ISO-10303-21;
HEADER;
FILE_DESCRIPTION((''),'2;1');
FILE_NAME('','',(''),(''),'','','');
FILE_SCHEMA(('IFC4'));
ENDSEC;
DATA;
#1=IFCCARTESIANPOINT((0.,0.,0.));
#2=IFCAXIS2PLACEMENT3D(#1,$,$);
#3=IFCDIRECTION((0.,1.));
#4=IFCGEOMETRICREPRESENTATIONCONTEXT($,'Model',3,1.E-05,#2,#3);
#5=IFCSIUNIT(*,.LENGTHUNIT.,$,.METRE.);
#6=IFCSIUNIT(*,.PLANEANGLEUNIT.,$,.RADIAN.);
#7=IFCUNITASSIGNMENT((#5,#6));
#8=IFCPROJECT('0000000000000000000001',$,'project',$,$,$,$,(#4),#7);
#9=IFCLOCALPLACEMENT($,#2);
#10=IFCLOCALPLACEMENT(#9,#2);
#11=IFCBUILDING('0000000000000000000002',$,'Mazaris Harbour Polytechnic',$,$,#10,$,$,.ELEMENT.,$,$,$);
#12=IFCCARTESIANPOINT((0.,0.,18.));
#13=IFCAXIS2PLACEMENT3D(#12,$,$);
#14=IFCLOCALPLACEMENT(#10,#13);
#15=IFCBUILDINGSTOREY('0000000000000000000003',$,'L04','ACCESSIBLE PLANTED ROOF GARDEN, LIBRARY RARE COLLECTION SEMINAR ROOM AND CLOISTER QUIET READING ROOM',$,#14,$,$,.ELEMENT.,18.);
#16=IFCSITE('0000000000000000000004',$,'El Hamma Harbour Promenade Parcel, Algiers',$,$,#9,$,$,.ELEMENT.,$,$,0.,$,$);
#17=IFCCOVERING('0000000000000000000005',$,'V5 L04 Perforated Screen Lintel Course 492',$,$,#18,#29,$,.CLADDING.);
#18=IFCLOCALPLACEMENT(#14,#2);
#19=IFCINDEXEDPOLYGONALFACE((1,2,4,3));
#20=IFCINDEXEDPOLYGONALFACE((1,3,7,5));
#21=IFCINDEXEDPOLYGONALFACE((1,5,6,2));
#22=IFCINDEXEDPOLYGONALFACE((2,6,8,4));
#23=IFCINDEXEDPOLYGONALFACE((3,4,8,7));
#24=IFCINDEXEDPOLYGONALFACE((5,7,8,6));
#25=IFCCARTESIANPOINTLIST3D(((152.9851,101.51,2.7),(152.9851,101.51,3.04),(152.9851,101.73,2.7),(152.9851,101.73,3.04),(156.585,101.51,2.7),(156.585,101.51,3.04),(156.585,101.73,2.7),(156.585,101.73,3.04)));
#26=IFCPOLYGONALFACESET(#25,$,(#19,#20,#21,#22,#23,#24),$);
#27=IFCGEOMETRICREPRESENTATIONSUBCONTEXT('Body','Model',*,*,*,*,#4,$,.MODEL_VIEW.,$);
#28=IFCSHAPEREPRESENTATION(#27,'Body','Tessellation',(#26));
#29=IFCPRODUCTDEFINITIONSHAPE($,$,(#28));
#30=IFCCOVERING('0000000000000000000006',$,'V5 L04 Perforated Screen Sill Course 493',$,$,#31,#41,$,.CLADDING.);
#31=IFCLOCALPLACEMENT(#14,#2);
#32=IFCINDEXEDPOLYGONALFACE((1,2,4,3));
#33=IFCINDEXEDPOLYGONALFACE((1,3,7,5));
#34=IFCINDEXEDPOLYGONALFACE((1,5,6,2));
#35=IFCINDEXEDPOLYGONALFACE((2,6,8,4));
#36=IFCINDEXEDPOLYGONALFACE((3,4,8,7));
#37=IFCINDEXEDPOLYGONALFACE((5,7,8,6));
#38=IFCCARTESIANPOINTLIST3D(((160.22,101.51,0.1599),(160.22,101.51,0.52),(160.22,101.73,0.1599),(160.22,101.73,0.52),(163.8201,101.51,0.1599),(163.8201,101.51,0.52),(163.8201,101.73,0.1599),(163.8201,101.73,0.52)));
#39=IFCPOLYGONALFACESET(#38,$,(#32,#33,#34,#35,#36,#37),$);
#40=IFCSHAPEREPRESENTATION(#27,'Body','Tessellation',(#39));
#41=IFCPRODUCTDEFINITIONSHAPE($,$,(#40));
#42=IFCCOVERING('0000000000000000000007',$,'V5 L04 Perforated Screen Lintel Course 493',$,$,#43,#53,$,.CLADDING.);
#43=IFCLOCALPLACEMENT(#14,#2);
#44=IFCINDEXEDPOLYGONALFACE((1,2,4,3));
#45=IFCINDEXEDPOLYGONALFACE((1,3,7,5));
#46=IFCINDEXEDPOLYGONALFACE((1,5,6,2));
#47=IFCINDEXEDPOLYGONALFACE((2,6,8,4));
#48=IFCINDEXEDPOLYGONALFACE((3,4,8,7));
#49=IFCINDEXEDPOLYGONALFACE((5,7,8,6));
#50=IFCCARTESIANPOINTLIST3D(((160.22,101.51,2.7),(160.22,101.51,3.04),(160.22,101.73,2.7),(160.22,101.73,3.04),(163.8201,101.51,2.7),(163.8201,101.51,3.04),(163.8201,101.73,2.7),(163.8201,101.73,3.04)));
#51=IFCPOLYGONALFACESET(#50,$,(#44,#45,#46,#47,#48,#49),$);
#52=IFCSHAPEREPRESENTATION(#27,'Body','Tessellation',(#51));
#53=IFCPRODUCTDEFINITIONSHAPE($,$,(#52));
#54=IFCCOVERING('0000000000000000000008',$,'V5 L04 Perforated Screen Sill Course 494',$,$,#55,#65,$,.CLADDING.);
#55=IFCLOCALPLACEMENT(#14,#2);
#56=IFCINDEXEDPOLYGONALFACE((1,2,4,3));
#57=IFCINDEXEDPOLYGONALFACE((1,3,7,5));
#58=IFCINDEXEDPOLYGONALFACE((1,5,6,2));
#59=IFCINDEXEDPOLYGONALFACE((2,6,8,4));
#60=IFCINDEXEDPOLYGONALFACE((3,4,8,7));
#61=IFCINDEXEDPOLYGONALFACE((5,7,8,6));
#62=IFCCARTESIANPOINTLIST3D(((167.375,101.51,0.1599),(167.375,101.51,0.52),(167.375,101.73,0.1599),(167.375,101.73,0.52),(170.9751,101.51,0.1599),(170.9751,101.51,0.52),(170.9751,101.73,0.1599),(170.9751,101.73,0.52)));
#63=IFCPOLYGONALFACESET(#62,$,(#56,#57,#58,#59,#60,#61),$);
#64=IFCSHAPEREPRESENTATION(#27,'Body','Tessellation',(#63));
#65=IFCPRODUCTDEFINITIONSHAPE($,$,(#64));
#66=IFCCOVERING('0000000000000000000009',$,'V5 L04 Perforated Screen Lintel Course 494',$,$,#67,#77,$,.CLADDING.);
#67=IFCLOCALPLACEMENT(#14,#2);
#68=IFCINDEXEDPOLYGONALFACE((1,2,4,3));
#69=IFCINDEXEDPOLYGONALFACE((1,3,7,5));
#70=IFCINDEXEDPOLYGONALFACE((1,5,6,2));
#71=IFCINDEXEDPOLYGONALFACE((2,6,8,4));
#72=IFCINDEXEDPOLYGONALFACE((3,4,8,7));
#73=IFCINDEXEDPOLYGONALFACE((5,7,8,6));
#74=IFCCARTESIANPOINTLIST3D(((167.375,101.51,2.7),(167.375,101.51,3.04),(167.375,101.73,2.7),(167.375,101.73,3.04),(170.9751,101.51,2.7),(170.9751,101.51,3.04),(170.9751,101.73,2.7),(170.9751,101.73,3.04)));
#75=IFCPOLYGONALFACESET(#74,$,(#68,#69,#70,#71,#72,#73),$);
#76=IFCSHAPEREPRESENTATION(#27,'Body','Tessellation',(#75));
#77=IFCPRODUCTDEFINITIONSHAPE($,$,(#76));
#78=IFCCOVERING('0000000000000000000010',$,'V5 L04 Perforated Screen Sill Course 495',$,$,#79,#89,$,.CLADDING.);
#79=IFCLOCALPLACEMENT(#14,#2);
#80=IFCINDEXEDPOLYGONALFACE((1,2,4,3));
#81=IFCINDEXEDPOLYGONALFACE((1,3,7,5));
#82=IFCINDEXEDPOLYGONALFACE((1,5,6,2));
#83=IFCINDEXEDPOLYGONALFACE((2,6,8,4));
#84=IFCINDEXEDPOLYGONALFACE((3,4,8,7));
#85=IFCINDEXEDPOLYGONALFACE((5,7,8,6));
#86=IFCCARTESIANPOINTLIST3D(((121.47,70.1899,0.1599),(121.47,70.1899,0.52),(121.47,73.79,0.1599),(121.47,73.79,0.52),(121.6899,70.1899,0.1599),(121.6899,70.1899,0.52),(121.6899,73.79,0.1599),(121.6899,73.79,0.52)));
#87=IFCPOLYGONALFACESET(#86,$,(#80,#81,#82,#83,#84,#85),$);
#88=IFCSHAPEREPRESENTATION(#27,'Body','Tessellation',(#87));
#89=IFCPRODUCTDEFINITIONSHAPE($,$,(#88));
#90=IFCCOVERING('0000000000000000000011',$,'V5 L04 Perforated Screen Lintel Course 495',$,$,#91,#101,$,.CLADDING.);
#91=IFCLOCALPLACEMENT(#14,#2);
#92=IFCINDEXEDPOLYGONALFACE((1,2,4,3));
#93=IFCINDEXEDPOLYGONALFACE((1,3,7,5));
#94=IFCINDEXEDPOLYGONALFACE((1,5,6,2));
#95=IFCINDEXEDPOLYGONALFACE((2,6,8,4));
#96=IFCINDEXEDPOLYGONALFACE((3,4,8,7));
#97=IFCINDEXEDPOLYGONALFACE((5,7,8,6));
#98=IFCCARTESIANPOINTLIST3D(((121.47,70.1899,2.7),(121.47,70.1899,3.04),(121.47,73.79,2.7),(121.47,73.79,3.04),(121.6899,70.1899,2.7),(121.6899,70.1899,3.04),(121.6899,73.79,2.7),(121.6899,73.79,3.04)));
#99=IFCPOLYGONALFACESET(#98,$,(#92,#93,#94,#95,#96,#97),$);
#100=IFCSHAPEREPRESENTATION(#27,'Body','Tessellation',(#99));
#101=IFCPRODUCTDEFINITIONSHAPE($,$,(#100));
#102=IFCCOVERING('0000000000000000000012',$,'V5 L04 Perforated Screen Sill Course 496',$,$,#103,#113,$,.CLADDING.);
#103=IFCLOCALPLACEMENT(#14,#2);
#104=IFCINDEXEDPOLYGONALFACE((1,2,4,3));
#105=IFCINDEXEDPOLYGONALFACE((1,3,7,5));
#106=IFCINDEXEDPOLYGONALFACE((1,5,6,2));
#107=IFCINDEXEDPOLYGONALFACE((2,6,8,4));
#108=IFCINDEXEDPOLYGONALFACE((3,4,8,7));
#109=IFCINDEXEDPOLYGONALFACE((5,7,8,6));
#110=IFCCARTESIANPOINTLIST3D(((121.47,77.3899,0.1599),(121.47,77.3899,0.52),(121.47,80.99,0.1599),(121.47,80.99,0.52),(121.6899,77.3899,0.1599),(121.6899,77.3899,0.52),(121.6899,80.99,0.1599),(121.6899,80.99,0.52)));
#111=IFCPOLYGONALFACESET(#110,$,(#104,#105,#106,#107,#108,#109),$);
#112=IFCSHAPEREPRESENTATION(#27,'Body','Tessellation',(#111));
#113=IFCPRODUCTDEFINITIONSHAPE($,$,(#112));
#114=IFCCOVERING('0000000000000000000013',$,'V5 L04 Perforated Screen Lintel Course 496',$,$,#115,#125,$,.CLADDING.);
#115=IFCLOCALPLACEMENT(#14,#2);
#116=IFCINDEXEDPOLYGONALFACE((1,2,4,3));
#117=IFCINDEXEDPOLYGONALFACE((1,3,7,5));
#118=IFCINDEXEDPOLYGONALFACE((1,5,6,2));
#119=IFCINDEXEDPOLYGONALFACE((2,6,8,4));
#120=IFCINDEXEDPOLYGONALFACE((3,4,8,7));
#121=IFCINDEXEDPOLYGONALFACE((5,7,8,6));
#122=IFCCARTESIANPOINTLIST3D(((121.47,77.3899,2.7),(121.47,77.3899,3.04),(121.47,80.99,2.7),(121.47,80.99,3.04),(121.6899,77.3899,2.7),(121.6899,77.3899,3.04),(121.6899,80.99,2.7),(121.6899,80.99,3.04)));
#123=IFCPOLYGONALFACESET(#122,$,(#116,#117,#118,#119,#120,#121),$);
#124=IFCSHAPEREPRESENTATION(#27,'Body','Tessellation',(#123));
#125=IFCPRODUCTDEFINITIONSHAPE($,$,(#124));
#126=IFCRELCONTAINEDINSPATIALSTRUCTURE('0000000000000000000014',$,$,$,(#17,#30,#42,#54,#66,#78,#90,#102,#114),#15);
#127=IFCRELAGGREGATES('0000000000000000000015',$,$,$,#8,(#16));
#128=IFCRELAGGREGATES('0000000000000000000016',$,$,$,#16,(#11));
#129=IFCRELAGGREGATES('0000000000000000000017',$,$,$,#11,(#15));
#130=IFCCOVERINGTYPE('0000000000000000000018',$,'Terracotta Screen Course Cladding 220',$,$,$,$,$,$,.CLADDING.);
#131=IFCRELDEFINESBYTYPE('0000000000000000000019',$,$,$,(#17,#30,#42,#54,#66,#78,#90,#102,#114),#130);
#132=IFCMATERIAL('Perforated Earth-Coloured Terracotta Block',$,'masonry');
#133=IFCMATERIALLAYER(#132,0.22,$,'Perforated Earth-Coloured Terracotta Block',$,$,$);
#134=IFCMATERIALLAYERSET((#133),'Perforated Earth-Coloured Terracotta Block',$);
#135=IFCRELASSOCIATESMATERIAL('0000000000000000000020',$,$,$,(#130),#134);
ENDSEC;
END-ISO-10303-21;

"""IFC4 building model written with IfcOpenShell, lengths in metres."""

from ifc_helpers import new_model, si_unit, direction, frame, origin, place, context, subcontext, project, spatial, polyline, outline, extrude, material, layer, layer_set, type_object, element, save


model = new_model("IFC4")

# Units and contexts
model_context = context("Model", 3, precision=1e-05, world=origin(), true_north=direction((0.0, 1.0)))
body_context = subcontext(model_context, "Body", "Model", "MODEL_VIEW")
ifc_project = project(units=[si_unit("LENGTHUNIT", "METRE"), si_unit("PLANEANGLEUNIT", "RADIAN")], contexts=[model_context])

# Site, building, storey
site_placement = place(None, origin())
site = spatial("IfcSite", under=ifc_project, at=site_placement, Name="El Hamma Harbour Promenade Parcel, Algiers", CompositionType="ELEMENT", RefElevation=0.0)
building_placement = place(site_placement, origin())
building = spatial("IfcBuilding", under=site, at=building_placement, Name="Mazaris Harbour Polytechnic", CompositionType="ELEMENT")
storey_placement = place(building_placement, frame((0.0, 0.0, 18.0)))
storey = spatial("IfcBuildingStorey", under=building, at=storey_placement, Name="L04", Description="ACCESSIBLE PLANTED ROOF GARDEN, LIBRARY RARE COLLECTION SEMINAR ROOM AND CLOISTER QUIET READING ROOM", CompositionType="ELEMENT", Elevation=18.0)

# Coverings
ifc_material = material(Name="Perforated Earth-Coloured Terracotta Block", Category="masonry")
ifc_layer = layer(ifc_material, 0.22, Name="Perforated Earth-Coloured Terracotta Block")
ifc_layer_set = layer_set([ifc_layer], Name="Perforated Earth-Coloured Terracotta Block")
covering_type = type_object("IfcCoveringType", Name="Terracotta Screen Course Cladding 220", PredefinedType="CLADDING", material=ifc_layer_set)
covering_1_placement = place(storey_placement, frame((0.0, 0.0, 2.7)))
element("IfcCovering", 1, at=covering_1_placement, inside=storey, type_object=covering_type, Name="V5 L04 Perforated Screen Lintel Course 492", PredefinedType="CLADDING", context=body_context, shape_type="SweptSolid", body=[
    extrude(outline(polyline([(152.9851, 101.51), (156.585, 101.51), (156.585, 101.73), (152.9851, 101.73), (152.9851, 101.51)])), origin(), (0.0, 0.0, 1.0), 0.3401),
])
covering_2_placement = place(storey_placement, frame((0.0, 0.0, 0.1599)))
element("IfcCovering", 2, at=covering_2_placement, inside=storey, type_object=covering_type, Name="V5 L04 Perforated Screen Sill Course 493", PredefinedType="CLADDING", context=body_context, shape_type="SweptSolid", body=[
    extrude(outline(polyline([(160.22, 101.51), (163.8201, 101.51), (163.8201, 101.73), (160.22, 101.73), (160.22, 101.51)])), origin(), (0.0, 0.0, 1.0), 0.3601),
])
covering_3_placement = place(storey_placement, frame((0.0, 0.0, 2.7)))
element("IfcCovering", 3, at=covering_3_placement, inside=storey, type_object=covering_type, Name="V5 L04 Perforated Screen Lintel Course 493", PredefinedType="CLADDING", context=body_context, shape_type="SweptSolid", body=[
    extrude(outline(polyline([(160.22, 101.51), (163.8201, 101.51), (163.8201, 101.73), (160.22, 101.73), (160.22, 101.51)])), origin(), (0.0, 0.0, 1.0), 0.3401),
])
covering_4_placement = place(storey_placement, frame((0.0, 0.0, 0.1599)))
element("IfcCovering", 4, at=covering_4_placement, inside=storey, type_object=covering_type, Name="V5 L04 Perforated Screen Sill Course 494", PredefinedType="CLADDING", context=body_context, shape_type="SweptSolid", body=[
    extrude(outline(polyline([(167.375, 101.51), (170.9751, 101.51), (170.9751, 101.73), (167.375, 101.73), (167.375, 101.51)])), origin(), (0.0, 0.0, 1.0), 0.3601),
])
covering_5_placement = place(storey_placement, frame((0.0, 0.0, 2.7)))
element("IfcCovering", 5, at=covering_5_placement, inside=storey, type_object=covering_type, Name="V5 L04 Perforated Screen Lintel Course 494", PredefinedType="CLADDING", context=body_context, shape_type="SweptSolid", body=[
    extrude(outline(polyline([(167.375, 101.51), (170.9751, 101.51), (170.9751, 101.73), (167.375, 101.73), (167.375, 101.51)])), origin(), (0.0, 0.0, 1.0), 0.3401),
])
covering_6_placement = place(storey_placement, frame((0.0, 0.0, 0.1599)))
element("IfcCovering", 6, at=covering_6_placement, inside=storey, type_object=covering_type, Name="V5 L04 Perforated Screen Sill Course 495", PredefinedType="CLADDING", context=body_context, shape_type="SweptSolid", body=[
    extrude(outline(polyline([(121.6899, 70.1899), (121.6899, 73.79), (121.47, 73.79), (121.47, 70.1899), (121.6899, 70.1899)])), origin(), (0.0, 0.0, 1.0), 0.3601),
])
covering_7_placement = place(storey_placement, frame((0.0, 0.0, 2.7)))
element("IfcCovering", 7, at=covering_7_placement, inside=storey, type_object=covering_type, Name="V5 L04 Perforated Screen Lintel Course 495", PredefinedType="CLADDING", context=body_context, shape_type="SweptSolid", body=[
    extrude(outline(polyline([(121.6899, 70.1899), (121.6899, 73.79), (121.47, 73.79), (121.47, 70.1899), (121.6899, 70.1899)])), origin(), (0.0, 0.0, 1.0), 0.3401),
])
covering_8_placement = place(storey_placement, frame((0.0, 0.0, 0.1599)))
element("IfcCovering", 8, at=covering_8_placement, inside=storey, type_object=covering_type, Name="V5 L04 Perforated Screen Sill Course 496", PredefinedType="CLADDING", context=body_context, shape_type="SweptSolid", body=[
    extrude(outline(polyline([(121.6899, 77.3899), (121.6899, 80.99), (121.47, 80.99), (121.47, 77.3899), (121.6899, 77.3899)])), origin(), (0.0, 0.0, 1.0), 0.3601),
])
covering_9_placement = place(storey_placement, frame((0.0, 0.0, 2.7)))
element("IfcCovering", 9, at=covering_9_placement, inside=storey, type_object=covering_type, Name="V5 L04 Perforated Screen Lintel Course 496", PredefinedType="CLADDING", context=body_context, shape_type="SweptSolid", body=[
    extrude(outline(polyline([(121.6899, 77.3899), (121.6899, 80.99), (121.47, 80.99), (121.47, 77.3899), (121.6899, 77.3899)])), origin(), (0.0, 0.0, 1.0), 0.3401),
])

save(model, "model.ifc")
